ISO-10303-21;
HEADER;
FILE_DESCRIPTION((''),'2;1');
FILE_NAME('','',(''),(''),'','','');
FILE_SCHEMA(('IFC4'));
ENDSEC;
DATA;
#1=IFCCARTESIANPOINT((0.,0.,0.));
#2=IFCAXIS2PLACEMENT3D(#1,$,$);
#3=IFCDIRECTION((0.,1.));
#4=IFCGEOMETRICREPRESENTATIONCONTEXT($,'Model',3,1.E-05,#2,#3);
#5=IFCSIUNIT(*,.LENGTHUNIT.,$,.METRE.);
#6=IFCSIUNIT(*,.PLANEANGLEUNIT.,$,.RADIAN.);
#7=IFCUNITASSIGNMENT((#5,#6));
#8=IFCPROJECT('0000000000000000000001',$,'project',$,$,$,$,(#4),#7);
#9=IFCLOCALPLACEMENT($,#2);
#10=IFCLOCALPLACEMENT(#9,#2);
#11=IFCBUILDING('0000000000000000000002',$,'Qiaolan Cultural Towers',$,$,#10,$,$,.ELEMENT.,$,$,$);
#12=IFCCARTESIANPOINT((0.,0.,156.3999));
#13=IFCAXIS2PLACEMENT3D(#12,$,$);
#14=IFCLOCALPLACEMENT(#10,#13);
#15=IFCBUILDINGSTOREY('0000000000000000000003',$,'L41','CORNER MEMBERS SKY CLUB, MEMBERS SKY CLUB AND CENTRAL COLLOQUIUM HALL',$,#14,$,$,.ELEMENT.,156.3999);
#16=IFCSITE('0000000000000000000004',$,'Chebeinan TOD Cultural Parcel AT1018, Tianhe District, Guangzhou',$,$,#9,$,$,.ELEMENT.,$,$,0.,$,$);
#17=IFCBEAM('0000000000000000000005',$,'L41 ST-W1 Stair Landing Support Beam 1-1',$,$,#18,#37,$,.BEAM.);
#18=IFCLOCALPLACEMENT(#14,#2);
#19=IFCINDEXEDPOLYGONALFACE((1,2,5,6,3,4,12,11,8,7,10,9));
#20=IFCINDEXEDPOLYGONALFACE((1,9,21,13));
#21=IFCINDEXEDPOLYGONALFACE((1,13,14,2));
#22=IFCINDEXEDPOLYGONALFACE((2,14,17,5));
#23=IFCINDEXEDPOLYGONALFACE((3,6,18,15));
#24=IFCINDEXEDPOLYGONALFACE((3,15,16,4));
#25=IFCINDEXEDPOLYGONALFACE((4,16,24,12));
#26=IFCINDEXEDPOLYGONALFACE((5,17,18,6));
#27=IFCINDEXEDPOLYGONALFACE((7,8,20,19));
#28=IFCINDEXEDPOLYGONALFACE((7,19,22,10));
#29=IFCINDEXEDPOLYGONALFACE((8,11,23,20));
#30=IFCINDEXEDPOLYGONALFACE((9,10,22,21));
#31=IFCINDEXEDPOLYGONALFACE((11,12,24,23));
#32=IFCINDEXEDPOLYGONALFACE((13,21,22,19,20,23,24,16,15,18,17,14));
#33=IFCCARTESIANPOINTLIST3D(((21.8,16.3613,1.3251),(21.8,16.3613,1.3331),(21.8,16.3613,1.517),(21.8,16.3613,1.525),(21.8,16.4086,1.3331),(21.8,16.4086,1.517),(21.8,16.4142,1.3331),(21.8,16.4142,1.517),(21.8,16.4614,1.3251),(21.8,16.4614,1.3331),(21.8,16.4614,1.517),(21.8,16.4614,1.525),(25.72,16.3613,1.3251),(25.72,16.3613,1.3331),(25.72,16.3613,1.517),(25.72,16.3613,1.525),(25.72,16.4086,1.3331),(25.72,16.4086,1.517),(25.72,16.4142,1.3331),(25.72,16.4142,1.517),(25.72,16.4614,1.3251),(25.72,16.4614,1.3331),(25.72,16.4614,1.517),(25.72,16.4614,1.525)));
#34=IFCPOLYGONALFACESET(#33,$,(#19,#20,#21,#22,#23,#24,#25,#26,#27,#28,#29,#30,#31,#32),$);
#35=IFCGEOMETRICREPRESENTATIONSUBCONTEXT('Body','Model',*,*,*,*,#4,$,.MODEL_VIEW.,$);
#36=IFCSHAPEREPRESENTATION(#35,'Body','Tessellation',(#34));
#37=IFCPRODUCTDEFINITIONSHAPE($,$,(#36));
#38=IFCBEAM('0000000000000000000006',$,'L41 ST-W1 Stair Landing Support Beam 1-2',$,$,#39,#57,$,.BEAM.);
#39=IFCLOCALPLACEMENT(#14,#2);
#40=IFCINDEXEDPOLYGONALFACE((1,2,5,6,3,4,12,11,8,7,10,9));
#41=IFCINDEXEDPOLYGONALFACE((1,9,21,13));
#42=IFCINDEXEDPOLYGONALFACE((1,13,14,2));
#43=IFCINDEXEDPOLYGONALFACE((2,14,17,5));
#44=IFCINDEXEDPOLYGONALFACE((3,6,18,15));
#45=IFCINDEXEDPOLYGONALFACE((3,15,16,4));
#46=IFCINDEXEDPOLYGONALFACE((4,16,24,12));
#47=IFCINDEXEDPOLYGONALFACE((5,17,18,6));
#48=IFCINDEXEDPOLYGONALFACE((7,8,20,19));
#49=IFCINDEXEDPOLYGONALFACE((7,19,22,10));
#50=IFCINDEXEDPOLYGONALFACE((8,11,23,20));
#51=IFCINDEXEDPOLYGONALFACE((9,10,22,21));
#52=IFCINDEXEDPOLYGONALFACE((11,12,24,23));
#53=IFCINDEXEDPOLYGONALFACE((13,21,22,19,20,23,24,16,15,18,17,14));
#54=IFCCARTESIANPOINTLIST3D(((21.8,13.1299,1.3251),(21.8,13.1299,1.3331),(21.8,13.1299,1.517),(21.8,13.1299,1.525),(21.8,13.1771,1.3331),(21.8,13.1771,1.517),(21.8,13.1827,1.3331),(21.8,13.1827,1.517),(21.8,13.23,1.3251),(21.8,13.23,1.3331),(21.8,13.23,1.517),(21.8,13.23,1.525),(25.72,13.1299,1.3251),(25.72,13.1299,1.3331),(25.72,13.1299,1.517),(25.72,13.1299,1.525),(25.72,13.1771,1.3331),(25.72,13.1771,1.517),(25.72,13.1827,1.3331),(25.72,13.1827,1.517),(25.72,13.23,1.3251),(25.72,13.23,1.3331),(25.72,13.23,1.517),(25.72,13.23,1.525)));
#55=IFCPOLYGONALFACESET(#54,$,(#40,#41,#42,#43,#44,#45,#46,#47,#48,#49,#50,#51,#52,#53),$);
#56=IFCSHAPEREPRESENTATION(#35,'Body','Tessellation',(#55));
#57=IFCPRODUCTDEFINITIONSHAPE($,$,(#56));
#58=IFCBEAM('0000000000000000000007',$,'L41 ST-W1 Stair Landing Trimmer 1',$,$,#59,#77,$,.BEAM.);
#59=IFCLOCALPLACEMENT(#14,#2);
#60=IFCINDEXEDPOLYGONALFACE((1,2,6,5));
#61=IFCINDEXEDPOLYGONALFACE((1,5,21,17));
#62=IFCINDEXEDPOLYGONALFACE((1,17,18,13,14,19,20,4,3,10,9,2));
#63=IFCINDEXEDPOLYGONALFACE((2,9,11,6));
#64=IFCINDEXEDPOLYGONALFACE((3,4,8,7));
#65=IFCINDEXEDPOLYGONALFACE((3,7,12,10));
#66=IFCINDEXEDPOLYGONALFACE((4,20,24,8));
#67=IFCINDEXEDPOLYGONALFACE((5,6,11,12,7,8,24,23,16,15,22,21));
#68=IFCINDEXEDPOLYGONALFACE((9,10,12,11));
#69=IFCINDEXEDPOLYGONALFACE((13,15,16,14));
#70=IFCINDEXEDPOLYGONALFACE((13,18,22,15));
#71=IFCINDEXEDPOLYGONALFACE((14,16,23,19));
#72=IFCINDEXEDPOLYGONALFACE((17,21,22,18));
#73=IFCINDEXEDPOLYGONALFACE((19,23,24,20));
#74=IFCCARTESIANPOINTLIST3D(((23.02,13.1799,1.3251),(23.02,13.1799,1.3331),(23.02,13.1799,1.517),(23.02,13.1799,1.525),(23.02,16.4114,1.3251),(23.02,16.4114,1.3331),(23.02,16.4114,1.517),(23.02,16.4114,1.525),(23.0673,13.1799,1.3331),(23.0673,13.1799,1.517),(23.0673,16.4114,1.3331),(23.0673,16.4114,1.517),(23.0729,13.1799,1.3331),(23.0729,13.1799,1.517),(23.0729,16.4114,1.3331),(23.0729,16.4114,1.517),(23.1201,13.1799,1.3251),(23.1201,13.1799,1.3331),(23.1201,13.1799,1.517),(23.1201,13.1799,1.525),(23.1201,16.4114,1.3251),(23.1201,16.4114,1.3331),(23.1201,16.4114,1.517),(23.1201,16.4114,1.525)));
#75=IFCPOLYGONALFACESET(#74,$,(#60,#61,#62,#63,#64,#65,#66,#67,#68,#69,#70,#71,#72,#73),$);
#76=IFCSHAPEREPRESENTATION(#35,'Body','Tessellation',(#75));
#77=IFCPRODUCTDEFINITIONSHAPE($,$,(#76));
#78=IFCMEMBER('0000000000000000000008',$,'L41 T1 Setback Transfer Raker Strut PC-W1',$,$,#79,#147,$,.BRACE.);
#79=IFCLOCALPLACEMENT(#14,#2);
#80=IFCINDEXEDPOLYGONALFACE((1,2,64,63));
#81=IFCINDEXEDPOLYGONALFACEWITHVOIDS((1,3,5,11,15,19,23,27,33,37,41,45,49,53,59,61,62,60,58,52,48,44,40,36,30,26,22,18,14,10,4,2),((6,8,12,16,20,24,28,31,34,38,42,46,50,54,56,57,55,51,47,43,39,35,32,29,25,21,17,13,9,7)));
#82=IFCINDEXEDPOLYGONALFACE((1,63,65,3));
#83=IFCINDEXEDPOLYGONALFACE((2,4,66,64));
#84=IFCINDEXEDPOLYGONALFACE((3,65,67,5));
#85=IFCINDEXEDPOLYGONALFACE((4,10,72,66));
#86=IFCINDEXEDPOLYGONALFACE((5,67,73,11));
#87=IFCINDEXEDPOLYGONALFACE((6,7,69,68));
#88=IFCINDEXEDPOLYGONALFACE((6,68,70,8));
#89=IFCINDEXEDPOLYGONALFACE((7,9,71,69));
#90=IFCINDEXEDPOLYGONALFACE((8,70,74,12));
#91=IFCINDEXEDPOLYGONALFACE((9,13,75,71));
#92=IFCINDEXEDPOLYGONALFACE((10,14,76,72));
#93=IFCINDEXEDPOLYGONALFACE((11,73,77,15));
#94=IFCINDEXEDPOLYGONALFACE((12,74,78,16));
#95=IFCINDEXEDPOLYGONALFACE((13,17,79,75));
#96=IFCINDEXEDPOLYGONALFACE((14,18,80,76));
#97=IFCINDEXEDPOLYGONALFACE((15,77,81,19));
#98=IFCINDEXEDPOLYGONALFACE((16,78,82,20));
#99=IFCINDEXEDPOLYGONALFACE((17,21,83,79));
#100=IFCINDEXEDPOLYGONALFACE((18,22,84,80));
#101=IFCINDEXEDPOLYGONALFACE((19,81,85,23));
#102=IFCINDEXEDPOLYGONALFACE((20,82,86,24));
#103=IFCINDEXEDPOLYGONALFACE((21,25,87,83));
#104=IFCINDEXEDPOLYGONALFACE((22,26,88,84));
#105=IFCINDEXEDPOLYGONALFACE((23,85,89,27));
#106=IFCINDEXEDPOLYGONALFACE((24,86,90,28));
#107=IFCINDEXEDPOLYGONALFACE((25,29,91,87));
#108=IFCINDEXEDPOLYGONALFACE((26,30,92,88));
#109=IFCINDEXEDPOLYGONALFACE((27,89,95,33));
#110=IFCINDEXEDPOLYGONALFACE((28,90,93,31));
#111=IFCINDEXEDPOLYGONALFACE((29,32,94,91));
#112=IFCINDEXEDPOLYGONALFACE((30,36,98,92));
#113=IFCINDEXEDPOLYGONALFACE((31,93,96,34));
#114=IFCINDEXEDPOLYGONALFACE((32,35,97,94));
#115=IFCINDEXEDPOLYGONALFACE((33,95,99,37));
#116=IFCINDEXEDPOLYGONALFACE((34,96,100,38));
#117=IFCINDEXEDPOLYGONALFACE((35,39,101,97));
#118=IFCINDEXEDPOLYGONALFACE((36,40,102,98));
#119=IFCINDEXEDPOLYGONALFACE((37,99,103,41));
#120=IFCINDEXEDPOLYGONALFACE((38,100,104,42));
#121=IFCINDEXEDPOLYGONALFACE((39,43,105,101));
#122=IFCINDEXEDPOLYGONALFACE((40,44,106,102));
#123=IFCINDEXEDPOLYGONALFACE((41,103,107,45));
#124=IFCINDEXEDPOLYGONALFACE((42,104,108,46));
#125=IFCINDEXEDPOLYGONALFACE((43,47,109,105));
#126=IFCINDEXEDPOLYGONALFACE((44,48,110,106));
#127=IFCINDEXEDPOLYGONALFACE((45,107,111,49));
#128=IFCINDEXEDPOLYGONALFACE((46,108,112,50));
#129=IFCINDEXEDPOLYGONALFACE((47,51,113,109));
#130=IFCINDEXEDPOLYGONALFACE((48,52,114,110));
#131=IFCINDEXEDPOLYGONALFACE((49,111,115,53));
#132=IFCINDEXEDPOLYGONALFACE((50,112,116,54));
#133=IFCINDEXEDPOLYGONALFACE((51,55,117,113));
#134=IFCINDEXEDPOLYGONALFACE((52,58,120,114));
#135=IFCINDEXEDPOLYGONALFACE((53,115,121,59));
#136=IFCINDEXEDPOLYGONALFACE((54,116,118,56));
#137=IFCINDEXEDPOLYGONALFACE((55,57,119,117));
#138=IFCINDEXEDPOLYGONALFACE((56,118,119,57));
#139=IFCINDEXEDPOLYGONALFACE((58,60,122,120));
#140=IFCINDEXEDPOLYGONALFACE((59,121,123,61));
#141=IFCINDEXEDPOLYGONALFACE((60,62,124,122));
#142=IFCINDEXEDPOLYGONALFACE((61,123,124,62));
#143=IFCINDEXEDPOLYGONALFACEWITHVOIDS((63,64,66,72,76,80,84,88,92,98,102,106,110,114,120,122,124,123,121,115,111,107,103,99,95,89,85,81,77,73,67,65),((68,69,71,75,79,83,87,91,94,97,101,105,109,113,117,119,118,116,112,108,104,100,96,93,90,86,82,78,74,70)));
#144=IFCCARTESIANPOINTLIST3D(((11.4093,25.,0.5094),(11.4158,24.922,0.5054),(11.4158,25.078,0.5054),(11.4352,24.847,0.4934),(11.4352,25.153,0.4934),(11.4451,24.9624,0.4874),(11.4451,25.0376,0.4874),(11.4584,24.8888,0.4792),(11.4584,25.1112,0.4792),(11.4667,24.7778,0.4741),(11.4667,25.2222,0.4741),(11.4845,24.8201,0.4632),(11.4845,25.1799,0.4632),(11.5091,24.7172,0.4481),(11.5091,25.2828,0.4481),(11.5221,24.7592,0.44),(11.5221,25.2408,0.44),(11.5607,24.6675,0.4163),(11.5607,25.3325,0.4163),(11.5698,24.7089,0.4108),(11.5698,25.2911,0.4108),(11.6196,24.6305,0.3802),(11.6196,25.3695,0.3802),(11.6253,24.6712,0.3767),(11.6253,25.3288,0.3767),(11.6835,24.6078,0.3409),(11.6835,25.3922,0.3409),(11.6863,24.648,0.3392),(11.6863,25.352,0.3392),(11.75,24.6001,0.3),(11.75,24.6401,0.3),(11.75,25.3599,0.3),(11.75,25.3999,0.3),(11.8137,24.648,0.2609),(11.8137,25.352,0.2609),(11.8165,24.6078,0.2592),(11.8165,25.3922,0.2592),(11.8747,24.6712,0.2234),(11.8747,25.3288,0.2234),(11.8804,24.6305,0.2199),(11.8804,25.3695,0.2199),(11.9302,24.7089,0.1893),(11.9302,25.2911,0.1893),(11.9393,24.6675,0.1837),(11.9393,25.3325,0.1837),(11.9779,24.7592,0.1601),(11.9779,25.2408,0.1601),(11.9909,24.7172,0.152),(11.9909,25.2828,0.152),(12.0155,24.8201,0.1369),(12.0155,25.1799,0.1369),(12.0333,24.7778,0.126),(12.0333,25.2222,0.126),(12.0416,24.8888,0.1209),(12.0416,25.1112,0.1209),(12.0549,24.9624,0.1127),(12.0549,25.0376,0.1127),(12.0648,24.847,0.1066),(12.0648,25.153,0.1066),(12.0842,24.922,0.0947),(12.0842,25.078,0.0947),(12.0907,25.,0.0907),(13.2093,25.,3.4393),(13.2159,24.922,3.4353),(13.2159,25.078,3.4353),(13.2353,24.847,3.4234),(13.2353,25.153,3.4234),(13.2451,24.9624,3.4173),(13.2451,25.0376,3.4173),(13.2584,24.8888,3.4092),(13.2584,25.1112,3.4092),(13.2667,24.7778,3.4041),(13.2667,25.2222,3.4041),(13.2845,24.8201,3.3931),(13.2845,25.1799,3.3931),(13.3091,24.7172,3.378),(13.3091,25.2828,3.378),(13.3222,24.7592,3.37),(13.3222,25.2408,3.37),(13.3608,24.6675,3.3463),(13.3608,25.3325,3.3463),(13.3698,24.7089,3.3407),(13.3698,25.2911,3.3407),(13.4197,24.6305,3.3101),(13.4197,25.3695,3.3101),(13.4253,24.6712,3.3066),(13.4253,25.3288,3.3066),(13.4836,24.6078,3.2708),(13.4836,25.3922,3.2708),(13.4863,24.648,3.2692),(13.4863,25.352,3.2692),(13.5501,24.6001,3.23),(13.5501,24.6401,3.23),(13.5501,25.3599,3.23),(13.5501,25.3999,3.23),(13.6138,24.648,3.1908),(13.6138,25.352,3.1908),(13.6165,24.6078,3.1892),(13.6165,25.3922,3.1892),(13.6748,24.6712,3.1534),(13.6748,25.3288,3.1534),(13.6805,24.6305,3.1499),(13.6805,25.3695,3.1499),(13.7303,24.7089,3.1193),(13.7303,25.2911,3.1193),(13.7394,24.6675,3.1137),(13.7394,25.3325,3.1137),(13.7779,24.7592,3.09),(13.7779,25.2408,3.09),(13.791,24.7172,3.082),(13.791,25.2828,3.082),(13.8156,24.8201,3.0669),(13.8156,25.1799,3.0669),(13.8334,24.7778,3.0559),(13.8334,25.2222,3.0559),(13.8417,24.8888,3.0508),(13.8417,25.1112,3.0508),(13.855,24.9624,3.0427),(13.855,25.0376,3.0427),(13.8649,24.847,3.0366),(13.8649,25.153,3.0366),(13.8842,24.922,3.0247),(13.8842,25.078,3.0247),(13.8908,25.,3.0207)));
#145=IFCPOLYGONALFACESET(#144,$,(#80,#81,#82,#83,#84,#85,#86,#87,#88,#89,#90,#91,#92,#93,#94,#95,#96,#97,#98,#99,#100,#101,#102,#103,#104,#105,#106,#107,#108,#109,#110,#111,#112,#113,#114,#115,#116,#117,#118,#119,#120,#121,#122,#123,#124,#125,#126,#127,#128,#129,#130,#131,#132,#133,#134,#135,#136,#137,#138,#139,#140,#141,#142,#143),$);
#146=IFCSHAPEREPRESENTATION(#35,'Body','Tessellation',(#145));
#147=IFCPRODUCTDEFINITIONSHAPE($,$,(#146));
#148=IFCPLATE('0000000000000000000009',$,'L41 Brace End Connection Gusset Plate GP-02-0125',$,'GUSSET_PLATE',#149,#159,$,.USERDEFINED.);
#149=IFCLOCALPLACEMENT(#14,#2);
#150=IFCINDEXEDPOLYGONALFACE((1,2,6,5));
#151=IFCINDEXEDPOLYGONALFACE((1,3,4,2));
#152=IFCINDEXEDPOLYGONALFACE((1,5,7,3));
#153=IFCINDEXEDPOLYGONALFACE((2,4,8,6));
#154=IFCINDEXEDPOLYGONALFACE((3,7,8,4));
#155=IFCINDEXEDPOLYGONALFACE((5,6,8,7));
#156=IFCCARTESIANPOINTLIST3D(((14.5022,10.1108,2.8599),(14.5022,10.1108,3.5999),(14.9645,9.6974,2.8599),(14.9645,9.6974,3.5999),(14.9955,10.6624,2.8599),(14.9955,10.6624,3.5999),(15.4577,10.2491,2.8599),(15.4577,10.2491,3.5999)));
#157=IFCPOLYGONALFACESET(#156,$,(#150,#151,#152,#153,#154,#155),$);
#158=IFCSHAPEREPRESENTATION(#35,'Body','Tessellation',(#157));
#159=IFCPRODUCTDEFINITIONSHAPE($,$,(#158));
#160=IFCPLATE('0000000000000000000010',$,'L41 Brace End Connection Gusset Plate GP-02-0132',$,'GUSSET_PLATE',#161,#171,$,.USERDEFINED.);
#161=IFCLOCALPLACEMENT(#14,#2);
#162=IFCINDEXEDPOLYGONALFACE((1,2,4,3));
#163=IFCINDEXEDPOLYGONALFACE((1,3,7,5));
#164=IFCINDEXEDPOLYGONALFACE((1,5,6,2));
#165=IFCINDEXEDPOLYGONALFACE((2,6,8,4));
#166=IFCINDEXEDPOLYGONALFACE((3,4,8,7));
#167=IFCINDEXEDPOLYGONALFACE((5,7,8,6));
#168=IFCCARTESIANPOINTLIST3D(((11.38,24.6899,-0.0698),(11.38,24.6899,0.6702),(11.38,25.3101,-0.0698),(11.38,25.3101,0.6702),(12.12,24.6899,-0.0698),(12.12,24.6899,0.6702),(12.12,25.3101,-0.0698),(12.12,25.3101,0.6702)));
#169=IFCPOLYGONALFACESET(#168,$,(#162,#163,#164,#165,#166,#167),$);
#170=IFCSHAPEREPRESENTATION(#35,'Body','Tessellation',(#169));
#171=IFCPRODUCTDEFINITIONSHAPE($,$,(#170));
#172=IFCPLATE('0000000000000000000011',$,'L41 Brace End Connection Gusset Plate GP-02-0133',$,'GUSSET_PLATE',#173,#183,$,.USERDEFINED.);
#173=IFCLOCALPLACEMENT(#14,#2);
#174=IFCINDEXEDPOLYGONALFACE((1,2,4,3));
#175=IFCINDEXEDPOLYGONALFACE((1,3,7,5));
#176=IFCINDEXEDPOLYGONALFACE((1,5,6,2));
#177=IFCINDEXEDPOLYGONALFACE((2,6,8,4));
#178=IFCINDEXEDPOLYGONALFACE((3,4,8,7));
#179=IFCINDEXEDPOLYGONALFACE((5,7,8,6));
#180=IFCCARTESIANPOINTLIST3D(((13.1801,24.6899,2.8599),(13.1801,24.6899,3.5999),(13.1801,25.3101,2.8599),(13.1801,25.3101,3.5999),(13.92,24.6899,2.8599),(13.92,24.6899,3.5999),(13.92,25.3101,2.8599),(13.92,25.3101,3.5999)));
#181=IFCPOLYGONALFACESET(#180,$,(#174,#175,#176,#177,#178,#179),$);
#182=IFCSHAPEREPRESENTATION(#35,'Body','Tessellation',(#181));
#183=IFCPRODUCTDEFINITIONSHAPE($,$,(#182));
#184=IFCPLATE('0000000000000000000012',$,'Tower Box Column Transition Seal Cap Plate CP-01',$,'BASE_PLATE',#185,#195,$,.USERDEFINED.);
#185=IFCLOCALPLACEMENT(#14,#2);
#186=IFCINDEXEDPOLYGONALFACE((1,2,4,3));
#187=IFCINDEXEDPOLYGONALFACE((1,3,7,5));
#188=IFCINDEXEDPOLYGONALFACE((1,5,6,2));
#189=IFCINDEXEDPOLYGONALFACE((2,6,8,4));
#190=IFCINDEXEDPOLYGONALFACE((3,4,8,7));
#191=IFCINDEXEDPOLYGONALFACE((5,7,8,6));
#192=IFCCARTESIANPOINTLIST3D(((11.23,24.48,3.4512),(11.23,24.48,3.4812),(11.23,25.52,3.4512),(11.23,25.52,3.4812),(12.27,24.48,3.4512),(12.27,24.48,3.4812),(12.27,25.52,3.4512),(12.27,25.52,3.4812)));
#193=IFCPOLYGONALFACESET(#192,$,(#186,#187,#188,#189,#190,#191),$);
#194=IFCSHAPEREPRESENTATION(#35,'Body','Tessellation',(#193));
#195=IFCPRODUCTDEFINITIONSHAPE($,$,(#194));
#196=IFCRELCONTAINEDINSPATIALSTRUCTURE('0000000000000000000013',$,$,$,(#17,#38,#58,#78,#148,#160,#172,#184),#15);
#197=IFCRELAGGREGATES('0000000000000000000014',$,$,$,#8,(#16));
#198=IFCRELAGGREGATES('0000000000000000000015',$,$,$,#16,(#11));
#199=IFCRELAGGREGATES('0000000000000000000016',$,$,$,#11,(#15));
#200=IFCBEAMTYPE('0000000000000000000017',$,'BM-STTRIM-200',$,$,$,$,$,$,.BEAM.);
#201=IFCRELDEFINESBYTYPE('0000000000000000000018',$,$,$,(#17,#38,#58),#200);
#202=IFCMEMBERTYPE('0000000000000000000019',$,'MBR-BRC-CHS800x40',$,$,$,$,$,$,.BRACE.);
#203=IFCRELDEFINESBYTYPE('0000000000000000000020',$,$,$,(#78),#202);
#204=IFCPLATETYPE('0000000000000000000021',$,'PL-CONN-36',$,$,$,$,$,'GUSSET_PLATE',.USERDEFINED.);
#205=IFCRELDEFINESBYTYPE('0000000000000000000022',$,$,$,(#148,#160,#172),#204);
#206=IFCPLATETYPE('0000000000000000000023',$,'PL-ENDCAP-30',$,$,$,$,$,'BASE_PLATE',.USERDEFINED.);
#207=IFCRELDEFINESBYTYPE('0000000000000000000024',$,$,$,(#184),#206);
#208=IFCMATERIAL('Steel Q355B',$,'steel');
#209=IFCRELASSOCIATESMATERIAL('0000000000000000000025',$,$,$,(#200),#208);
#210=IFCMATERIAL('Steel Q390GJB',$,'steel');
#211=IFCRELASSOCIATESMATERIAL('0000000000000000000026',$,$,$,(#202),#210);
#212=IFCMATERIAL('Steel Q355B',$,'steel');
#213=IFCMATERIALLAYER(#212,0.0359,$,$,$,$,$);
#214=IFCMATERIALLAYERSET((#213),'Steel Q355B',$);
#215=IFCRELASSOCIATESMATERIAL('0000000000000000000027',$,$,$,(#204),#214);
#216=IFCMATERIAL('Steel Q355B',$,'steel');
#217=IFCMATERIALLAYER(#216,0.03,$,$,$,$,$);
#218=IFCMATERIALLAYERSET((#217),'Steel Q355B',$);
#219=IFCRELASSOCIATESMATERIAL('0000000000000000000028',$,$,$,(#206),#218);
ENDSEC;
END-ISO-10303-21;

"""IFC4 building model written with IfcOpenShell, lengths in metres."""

from ifc_helpers import new_model, si_unit, direction, frame, origin, origin_2d, place, context, subcontext, project, spatial, rectangle, hollow_circle, i_section, extrude, material, layer, layer_set, material_profile, profile_set, type_object, element, save


model = new_model("IFC4")

# Units and contexts
model_context = context("Model", 3, precision=1e-05, world=origin(), true_north=direction((0.0, 1.0)))
body_context = subcontext(model_context, "Body", "Model", "MODEL_VIEW")
ifc_project = project(units=[si_unit("LENGTHUNIT", "METRE"), si_unit("PLANEANGLEUNIT", "RADIAN")], contexts=[model_context])

# Site, building, storey
site_placement = place(None, origin())
site = spatial("IfcSite", under=ifc_project, at=site_placement, Name="Chebeinan TOD Cultural Parcel AT1018, Tianhe District, Guangzhou", CompositionType="ELEMENT", RefElevation=0.0)
building_placement = place(site_placement, origin())
building = spatial("IfcBuilding", under=site, at=building_placement, Name="Qiaolan Cultural Towers", CompositionType="ELEMENT")
storey_placement = place(building_placement, frame((0.0, 0.0, 156.3999)))
storey = spatial("IfcBuildingStorey", under=building, at=storey_placement, Name="L41", Description="CORNER MEMBERS SKY CLUB, MEMBERS SKY CLUB AND CENTRAL COLLOQUIUM HALL", CompositionType="ELEMENT", Elevation=156.3999)

# Beams
ifc_material_1 = material(Name="Steel Q355B", Category="steel")
ifc_material_profile_1 = material_profile(ifc_material_1, i_section(OverallWidth=0.1001, OverallDepth=0.2, WebThickness=0.0056, FlangeThickness=0.0081, at=origin_2d()), Name="HN200x100x5.5x8")
ifc_profile_set_1 = profile_set([ifc_material_profile_1], Name="Steel Q355B")
beam_type_1 = type_object("IfcBeamType", Name="BM-STTRIM-200", PredefinedType="BEAM", material=ifc_profile_set_1)
for number, where, z_axis, x_axis, name in (
    (1, (21.8, 16.4114, 1.425), (1.0, 0.0, 0.0), (0.0, 1.0, 0.0), "L41 ST-W1 Stair Landing Support Beam 1-1"),
    (2, (21.8, 13.1799, 1.425), (1.0, 0.0, 0.0), (0.0, 1.0, 0.0), "L41 ST-W1 Stair Landing Support Beam 1-2"),
):
    element("IfcBeam", number, at=place(storey_placement, frame(where, z_axis=z_axis, x_axis=x_axis)), inside=storey, type_object=beam_type_1, Name=name, PredefinedType="BEAM", context=body_context, shape_type="SweptSolid", body=[
        extrude(i_section(OverallWidth=0.1001, OverallDepth=0.2, WebThickness=0.0056, FlangeThickness=0.0081, at=origin_2d()), origin(), (0.0, 0.0, 1.0), 3.9199),
    ])
beam_1_placement = place(storey_placement, frame((23.0701, 16.4114, 1.425), z_axis=(0.0, -1.0, 0.0), x_axis=(1.0, 0.0, 0.0)))
element("IfcBeam", 3, at=beam_1_placement, inside=storey, type_object=beam_type_1, Name="L41 ST-W1 Stair Landing Trimmer 1", PredefinedType="BEAM", context=body_context, shape_type="SweptSolid", body=[
    extrude(i_section(OverallWidth=0.1001, OverallDepth=0.2, WebThickness=0.0056, FlangeThickness=0.0081, at=origin_2d()), origin(), (0.0, 0.0, 1.0), 3.2314),
])

# Member
ifc_material_2 = material(Name="Steel Q390GJB", Category="steel")
ifc_material_profile_2 = material_profile(ifc_material_2, hollow_circle(Radius=0.3999, WallThickness=0.04, at=origin_2d()), Name="CHS800x40")
ifc_profile_set_2 = profile_set([ifc_material_profile_2], Name="Steel Q390GJB")
member_type = type_object("IfcMemberType", Name="MBR-BRC-CHS800x40", PredefinedType="BRACE", material=ifc_profile_set_2)
member_placement = place(storey_placement, frame((11.75, 25.0, 0.3), z_axis=(0.523467, 0.0, 0.852046), x_axis=(0.0, 1.0, 0.0)))
element("IfcMember", 4, at=member_placement, inside=storey, type_object=member_type, Name="L41 T1 Setback Transfer Raker Strut PC-W1", PredefinedType="BRACE", context=body_context, shape_type="SweptSolid", body=[
    extrude(hollow_circle(Radius=0.3999, WallThickness=0.04, at=origin_2d()), origin(), (0.0, 0.0, 1.0), 3.4387),
])

# Plates
ifc_material_3 = material(Name="Steel Q355B", Category="steel")
ifc_layer_1 = layer(ifc_material_3, 0.0359)
ifc_layer_set_1 = layer_set([ifc_layer_1], Name="Steel Q355B")
plate_type_1 = type_object("IfcPlateType", Name="PL-CONN-36", ElementType="GUSSET_PLATE", PredefinedType="USERDEFINED", material=ifc_layer_set_1)
for number, where, z_axis, x_axis, name in (
    (5, (14.98, 10.1799, 2.8599), (0.0, 0.0, 1.0), (0.666564, 0.745448, 0.0), "L41 Brace End Connection Gusset Plate GP-02-0125"),
    (6, (11.75, 25.0, -0.0698), (0.0, 0.0, 1.0), (1.0, 0.0, 0.0), "L41 Brace End Connection Gusset Plate GP-02-0132"),
    (7, (13.55, 25.0, 2.8599), (0.0, 0.0, 1.0), (1.0, 0.0, 0.0), "L41 Brace End Connection Gusset Plate GP-02-0133"),
):
    element("IfcPlate", number, at=place(storey_placement, frame(where, z_axis=z_axis, x_axis=x_axis)), inside=storey, type_object=plate_type_1, Name=name, ObjectType="GUSSET_PLATE", PredefinedType="USERDEFINED", context=body_context, shape_type="SweptSolid", body=[
        extrude(rectangle(XDim=0.74, YDim=0.6201, at=origin_2d()), origin(), (0.0, 0.0, 1.0), 0.74),
    ])
ifc_material_4 = material(Name="Steel Q355B", Category="steel")
ifc_layer_2 = layer(ifc_material_4, 0.03)
ifc_layer_set_2 = layer_set([ifc_layer_2], Name="Steel Q355B")
plate_type_2 = type_object("IfcPlateType", Name="PL-ENDCAP-30", ElementType="BASE_PLATE", PredefinedType="USERDEFINED", material=ifc_layer_set_2)
plate_placement = place(storey_placement, frame((11.75, 25.0, 3.4512), z_axis=(0.0, 0.0, 1.0), x_axis=(1.0, 0.0, 0.0)))
element("IfcPlate", 8, at=plate_placement, inside=storey, type_object=plate_type_2, Name="Tower Box Column Transition Seal Cap Plate CP-01", ObjectType="BASE_PLATE", PredefinedType="USERDEFINED", context=body_context, shape_type="SweptSolid", body=[
    extrude(rectangle(XDim=1.04, YDim=1.04, at=origin_2d()), origin(), (0.0, 0.0, 1.0), 0.03),
])

save(model, "model.ifc")
